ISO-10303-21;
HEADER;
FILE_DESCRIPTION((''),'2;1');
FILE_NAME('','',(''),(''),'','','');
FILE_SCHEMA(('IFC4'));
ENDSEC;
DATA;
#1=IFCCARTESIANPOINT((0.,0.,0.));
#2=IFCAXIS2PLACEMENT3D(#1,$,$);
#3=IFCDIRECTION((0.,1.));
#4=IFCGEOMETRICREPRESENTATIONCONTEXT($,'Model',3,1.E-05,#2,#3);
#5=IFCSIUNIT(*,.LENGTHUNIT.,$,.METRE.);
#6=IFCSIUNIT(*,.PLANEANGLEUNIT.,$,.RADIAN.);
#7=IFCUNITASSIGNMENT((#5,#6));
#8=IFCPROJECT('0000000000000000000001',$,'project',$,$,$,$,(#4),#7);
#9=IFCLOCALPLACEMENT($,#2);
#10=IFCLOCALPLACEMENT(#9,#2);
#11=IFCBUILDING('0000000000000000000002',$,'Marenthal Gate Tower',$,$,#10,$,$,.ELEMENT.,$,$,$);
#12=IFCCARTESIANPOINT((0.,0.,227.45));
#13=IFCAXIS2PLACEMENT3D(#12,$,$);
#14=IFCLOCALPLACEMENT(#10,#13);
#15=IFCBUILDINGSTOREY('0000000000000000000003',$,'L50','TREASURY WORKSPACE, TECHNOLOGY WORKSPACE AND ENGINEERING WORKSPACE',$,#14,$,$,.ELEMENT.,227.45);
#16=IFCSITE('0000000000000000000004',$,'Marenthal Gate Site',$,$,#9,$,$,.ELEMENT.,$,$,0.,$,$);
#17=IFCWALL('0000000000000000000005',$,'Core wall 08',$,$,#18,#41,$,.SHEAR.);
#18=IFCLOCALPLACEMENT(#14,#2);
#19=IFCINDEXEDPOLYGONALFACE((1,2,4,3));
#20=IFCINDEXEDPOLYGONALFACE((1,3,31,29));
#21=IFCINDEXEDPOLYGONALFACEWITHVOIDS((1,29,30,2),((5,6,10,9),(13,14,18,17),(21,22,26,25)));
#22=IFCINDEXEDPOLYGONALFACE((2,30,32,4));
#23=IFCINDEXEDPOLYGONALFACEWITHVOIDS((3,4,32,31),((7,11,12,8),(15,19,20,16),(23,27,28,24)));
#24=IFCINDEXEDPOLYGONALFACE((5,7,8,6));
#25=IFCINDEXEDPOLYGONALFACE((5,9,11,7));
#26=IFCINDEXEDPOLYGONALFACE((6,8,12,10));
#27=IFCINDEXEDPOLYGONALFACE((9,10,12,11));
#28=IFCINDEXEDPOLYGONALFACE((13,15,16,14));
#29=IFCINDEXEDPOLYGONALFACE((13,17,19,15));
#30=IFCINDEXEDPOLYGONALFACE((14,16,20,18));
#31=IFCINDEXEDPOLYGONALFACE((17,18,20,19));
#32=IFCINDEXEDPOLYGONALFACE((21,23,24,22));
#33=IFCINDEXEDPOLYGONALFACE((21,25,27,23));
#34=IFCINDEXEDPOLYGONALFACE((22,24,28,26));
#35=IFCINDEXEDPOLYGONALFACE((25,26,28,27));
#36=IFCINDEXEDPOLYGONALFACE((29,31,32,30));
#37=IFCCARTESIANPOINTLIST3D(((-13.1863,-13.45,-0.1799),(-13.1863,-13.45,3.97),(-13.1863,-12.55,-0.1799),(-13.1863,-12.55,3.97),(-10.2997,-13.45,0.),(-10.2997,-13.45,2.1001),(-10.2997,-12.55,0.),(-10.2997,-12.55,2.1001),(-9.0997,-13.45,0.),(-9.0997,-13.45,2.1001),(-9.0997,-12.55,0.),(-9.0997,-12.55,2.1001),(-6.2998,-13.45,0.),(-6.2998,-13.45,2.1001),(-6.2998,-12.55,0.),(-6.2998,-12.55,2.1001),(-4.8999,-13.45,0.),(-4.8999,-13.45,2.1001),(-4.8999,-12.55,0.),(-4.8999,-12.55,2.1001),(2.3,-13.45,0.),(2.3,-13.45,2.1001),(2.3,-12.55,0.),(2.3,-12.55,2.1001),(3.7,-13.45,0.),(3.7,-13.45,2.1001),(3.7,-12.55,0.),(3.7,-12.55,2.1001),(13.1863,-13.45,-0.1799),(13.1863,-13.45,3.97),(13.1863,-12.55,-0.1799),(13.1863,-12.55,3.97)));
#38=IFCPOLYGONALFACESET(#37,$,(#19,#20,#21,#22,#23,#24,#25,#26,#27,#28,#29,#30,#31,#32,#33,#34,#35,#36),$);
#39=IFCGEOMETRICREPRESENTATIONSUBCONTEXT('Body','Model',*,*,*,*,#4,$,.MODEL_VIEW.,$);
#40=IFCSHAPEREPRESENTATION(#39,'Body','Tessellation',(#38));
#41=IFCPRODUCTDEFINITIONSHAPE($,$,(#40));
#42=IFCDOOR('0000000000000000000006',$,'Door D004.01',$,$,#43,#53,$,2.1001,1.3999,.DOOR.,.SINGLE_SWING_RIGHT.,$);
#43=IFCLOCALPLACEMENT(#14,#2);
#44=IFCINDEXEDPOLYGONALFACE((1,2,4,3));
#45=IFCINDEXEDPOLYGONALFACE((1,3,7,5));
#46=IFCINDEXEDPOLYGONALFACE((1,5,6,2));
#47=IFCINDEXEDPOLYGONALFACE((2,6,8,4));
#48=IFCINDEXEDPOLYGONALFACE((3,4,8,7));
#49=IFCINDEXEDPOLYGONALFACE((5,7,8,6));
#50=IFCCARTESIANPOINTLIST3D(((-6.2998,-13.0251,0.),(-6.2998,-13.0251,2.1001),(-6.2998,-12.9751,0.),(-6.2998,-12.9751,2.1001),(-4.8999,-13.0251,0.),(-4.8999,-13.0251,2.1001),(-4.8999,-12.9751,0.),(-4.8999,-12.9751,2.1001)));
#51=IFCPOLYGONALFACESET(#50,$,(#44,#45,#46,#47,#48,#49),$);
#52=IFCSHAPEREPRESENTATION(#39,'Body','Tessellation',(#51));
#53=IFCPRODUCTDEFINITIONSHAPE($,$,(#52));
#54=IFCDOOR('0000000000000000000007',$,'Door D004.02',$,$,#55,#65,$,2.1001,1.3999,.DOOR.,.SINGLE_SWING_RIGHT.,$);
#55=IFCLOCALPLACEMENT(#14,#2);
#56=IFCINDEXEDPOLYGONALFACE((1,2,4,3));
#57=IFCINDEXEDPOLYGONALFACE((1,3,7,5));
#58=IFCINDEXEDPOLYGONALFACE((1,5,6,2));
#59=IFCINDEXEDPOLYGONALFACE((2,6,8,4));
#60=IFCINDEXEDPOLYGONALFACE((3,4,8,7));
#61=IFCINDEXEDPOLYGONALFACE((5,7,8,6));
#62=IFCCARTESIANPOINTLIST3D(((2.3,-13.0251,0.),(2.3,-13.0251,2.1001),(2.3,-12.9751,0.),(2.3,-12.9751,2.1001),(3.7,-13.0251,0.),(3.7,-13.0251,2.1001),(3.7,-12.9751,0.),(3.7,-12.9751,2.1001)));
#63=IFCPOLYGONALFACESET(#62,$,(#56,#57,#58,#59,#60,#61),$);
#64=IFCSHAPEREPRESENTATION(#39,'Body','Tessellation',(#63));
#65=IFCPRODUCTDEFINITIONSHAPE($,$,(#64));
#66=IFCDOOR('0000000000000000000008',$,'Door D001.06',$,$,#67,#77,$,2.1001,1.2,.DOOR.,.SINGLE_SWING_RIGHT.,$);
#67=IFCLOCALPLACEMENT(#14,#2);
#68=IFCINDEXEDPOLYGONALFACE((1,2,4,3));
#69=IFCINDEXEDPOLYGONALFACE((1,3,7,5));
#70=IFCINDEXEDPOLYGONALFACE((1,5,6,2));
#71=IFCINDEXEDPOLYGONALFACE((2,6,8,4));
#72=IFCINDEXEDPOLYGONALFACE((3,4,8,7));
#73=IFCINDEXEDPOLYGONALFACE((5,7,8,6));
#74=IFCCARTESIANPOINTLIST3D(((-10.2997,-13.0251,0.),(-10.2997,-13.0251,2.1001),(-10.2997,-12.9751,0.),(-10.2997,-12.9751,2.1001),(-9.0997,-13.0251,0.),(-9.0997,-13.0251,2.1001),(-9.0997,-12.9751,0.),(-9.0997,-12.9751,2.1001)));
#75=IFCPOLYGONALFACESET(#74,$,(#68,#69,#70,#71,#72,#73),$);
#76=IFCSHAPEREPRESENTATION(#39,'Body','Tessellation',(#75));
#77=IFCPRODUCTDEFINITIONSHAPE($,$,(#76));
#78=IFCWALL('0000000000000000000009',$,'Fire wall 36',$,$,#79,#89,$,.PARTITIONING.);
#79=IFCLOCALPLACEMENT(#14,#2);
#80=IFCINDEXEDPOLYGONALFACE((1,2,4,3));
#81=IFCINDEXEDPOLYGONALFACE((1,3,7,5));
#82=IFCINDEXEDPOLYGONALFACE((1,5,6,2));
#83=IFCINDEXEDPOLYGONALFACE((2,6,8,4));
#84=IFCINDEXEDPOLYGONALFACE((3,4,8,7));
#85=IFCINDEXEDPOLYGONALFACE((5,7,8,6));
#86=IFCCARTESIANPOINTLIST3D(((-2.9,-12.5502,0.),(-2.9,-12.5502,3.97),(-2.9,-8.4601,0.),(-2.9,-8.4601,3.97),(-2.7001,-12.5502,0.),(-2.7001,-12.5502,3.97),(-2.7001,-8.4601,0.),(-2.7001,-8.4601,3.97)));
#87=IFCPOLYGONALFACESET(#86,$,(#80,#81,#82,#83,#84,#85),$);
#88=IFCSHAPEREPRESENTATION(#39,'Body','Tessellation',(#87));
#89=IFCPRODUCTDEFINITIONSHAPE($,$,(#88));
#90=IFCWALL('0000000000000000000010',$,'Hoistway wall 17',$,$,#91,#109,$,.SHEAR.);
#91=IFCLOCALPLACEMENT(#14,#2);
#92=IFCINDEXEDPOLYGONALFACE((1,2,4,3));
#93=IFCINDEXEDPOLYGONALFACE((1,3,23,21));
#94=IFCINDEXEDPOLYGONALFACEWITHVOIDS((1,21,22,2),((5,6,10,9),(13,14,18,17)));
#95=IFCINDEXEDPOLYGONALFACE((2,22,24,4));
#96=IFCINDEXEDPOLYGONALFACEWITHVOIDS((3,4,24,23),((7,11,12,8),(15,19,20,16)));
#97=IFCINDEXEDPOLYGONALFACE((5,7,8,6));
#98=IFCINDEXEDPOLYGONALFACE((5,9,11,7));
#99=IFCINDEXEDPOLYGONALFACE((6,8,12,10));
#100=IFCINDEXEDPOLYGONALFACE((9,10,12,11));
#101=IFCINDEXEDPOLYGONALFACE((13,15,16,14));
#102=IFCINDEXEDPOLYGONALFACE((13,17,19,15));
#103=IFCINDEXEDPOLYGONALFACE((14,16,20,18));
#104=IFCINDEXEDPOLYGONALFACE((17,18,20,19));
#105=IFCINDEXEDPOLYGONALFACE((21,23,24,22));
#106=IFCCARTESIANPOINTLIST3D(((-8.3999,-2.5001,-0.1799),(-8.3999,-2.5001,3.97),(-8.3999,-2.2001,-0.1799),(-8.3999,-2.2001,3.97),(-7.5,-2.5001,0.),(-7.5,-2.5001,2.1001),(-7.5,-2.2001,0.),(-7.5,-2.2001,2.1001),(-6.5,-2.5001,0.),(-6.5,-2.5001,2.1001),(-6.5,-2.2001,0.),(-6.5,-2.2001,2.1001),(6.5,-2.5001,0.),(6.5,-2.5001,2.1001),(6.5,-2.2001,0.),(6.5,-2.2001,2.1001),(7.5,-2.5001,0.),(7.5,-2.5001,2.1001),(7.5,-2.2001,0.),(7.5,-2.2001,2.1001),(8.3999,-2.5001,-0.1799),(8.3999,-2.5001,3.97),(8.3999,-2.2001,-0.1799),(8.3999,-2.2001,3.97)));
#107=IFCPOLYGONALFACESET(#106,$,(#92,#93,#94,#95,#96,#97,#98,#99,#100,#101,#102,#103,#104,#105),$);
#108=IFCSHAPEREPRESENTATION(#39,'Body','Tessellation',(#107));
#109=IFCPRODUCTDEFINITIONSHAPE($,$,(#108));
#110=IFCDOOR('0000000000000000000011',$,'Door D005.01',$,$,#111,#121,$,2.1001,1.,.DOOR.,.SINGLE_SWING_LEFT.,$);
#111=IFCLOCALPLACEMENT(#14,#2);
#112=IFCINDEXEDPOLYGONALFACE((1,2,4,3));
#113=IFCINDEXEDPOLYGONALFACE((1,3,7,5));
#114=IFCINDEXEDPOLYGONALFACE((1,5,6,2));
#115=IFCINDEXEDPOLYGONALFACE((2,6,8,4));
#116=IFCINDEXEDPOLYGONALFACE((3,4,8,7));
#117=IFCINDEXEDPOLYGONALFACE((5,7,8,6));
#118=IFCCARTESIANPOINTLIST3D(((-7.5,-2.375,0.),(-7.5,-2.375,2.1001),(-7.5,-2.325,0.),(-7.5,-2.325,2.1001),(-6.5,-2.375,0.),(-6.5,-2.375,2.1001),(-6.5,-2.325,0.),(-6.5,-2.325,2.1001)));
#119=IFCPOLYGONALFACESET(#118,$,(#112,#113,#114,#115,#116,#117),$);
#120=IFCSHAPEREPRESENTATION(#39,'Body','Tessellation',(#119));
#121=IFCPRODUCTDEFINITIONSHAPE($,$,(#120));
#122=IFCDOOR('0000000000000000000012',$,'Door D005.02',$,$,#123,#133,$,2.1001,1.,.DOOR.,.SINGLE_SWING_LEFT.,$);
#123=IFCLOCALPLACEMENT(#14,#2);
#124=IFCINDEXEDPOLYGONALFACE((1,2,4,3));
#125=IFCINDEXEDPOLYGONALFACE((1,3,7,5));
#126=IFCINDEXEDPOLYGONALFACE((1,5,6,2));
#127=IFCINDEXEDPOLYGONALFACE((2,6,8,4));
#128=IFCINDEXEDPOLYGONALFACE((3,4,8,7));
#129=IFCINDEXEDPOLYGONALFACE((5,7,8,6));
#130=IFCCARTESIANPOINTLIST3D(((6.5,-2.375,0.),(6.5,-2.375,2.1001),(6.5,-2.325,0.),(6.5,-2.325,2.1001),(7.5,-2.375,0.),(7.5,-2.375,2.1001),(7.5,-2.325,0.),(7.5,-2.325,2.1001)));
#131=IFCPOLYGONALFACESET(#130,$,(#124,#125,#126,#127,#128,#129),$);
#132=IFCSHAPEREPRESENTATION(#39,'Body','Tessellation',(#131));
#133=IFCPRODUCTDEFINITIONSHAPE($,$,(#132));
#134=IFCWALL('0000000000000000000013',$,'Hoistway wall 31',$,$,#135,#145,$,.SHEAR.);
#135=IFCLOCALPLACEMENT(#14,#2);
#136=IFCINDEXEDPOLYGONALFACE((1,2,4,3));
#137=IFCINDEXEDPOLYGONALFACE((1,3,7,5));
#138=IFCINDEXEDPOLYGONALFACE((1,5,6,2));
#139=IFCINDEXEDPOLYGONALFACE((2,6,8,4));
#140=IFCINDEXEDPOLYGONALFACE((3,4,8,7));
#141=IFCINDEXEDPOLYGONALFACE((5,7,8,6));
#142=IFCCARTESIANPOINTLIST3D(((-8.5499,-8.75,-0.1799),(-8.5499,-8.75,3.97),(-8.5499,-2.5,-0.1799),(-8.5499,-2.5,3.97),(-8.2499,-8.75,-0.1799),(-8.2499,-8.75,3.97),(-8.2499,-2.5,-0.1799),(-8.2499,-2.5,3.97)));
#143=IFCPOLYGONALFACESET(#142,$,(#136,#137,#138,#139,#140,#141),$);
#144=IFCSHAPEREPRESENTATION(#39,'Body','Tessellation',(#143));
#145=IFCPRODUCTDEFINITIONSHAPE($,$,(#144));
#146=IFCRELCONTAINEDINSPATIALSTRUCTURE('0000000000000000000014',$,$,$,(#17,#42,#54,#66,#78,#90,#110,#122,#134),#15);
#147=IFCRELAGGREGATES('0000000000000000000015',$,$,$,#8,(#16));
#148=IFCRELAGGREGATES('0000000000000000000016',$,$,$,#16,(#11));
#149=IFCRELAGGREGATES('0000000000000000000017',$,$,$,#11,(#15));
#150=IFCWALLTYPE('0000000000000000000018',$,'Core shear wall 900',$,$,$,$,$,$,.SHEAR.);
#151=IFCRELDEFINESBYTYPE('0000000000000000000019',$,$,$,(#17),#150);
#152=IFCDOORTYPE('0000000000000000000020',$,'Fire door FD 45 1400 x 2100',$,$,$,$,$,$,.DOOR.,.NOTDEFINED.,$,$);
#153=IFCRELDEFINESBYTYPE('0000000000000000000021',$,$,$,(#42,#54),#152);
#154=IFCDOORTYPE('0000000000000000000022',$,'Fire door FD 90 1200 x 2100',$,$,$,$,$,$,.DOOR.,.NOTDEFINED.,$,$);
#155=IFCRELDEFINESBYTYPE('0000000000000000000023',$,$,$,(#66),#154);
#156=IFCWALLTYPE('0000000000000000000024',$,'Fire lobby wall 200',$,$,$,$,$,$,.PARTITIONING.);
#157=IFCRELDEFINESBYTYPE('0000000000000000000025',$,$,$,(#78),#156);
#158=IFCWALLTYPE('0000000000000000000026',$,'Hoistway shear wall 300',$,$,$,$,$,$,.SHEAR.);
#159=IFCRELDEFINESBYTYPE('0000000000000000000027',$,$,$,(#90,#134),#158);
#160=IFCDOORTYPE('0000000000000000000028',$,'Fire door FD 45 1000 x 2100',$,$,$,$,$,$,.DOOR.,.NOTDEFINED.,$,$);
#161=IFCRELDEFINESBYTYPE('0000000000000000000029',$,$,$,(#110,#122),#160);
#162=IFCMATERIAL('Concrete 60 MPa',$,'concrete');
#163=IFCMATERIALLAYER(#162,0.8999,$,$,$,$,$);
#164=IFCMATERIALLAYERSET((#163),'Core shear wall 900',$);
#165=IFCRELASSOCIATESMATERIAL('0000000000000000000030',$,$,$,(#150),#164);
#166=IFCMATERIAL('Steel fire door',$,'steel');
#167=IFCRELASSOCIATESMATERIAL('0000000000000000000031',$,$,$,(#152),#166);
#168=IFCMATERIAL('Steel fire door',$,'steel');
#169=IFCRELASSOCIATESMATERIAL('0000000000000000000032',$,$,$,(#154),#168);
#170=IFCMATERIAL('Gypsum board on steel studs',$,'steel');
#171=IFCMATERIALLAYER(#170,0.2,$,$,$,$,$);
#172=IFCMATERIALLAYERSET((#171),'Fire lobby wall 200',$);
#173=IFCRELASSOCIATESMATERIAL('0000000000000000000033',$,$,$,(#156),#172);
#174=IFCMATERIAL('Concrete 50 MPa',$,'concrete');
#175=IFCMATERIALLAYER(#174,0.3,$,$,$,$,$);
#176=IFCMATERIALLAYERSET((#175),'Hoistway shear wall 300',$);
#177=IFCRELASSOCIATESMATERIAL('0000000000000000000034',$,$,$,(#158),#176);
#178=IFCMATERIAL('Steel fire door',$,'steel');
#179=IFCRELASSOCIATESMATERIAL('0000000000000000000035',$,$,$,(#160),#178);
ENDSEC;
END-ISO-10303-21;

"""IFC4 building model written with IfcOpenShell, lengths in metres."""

from ifc_helpers import new_model, si_unit, direction, frame, frame_2d, origin, place, context, subcontext, project, spatial, rectangle, extrude, material, layer, layer_set, type_object, element, fill, save


model = new_model("IFC4")

# Units and contexts
model_context = context("Model", 3, precision=1e-05, world=origin(), true_north=direction((0.0, 1.0)))
body_context = subcontext(model_context, "Body", "Model", "MODEL_VIEW")
ifc_project = project(units=[si_unit("LENGTHUNIT", "METRE"), si_unit("PLANEANGLEUNIT", "RADIAN")], contexts=[model_context])

# Site, building, storey
site_placement = place(None, origin())
site = spatial("IfcSite", under=ifc_project, at=site_placement, Name="Marenthal Gate Site", CompositionType="ELEMENT", RefElevation=0.0)
building_placement = place(site_placement, origin())
building = spatial("IfcBuilding", under=site, at=building_placement, Name="Marenthal Gate Tower", CompositionType="ELEMENT")
storey_placement = place(building_placement, frame((0.0, 0.0, 227.45)))
storey = spatial("IfcBuildingStorey", under=building, at=storey_placement, Name="L50", Description="TREASURY WORKSPACE, TECHNOLOGY WORKSPACE AND ENGINEERING WORKSPACE", CompositionType="ELEMENT", Elevation=227.45)

# Wall, openings, doors
ifc_material_1 = material(Name="Concrete 60 MPa", Category="concrete")
ifc_layer_1 = layer(ifc_material_1, 0.8999)
ifc_layer_set_1 = layer_set([ifc_layer_1], Name="Core shear wall 900")
wall_type_1 = type_object("IfcWallType", Name="Core shear wall 900", PredefinedType="SHEAR", material=ifc_layer_set_1)
wall_1_placement = place(storey_placement, frame((-13.1863, -13.0, -0.1799), z_axis=(0.0, 0.0, 1.0), x_axis=(1.0, 0.0, 0.0)))
wall_1 = element("IfcWall", 1, at=wall_1_placement, inside=storey, type_object=wall_type_1, Name="Core wall 08", PredefinedType="SHEAR", context=body_context, shape_type="SweptSolid", body=[
    extrude(rectangle(XDim=26.3726, YDim=0.8999, at=frame_2d((13.1863, 0.0))), origin(), (0.0, 0.0, 1.0), 4.1499),
])
opening_1_placement = place(wall_1_placement, frame((2.8865, 0.0, 0.1799)))
opening_1 = element("IfcOpeningElement", 2, at=opening_1_placement, cuts=wall_1, PredefinedType="OPENING", context=body_context, shape_type="SweptSolid", body=[
    extrude(rectangle(XDim=1.2, YDim=2.1001, at=frame_2d((0.6001, 1.05))), frame((0.0, 0.46, 0.0), z_axis=(0.0, -1.0, 0.0), x_axis=(1.0, 0.0, 0.0)), (0.0, 0.0, 1.0), 0.9199),
])
opening_2_placement = place(wall_1_placement, frame((6.8865, 0.0, 0.1799)))
opening_2 = element("IfcOpeningElement", 3, at=opening_2_placement, cuts=wall_1, PredefinedType="OPENING", context=body_context, shape_type="SweptSolid", body=[
    extrude(rectangle(XDim=1.3999, YDim=2.1001, at=frame_2d((0.7, 1.05))), frame((0.0, 0.46, 0.0), z_axis=(0.0, -1.0, 0.0), x_axis=(1.0, 0.0, 0.0)), (0.0, 0.0, 1.0), 0.9199),
])
opening_3_placement = place(wall_1_placement, frame((15.4863, 0.0, 0.1799)))
opening_3 = element("IfcOpeningElement", 4, at=opening_3_placement, cuts=wall_1, PredefinedType="OPENING", context=body_context, shape_type="SweptSolid", body=[
    extrude(rectangle(XDim=1.3999, YDim=2.1001, at=frame_2d((0.7, 1.05))), frame((0.0, 0.46, 0.0), z_axis=(0.0, -1.0, 0.0), x_axis=(1.0, 0.0, 0.0)), (0.0, 0.0, 1.0), 0.9199),
])
ifc_material_2 = material(Name="Steel fire door", Category="steel")
door_type_1 = type_object("IfcDoorType", Name="Fire door FD 45 1400 x 2100", OperationType="NOTDEFINED", PredefinedType="DOOR", material=ifc_material_2)
door_1_placement = place(opening_2_placement, origin())
door_1 = element("IfcDoor", 5, at=door_1_placement, inside=storey, type_object=door_type_1, Name="Door D004.01", OperationType="SINGLE_SWING_RIGHT", OverallHeight=2.1001, OverallWidth=1.3999, PredefinedType="DOOR", context=body_context, shape_type="SweptSolid", body=[
    extrude(rectangle(XDim=1.3999, YDim=2.1001, at=frame_2d((0.7, 1.05))), frame((0.0, 0.0249, 0.0), z_axis=(0.0, -1.0, 0.0), x_axis=(1.0, 0.0, 0.0)), (0.0, 0.0, 1.0), 0.05),
])
fill(opening_2, door_1)
door_2_placement = place(opening_3_placement, origin())
door_2 = element("IfcDoor", 6, at=door_2_placement, inside=storey, type_object=door_type_1, Name="Door D004.02", OperationType="SINGLE_SWING_RIGHT", OverallHeight=2.1001, OverallWidth=1.3999, PredefinedType="DOOR", context=body_context, shape_type="SweptSolid", body=[
    extrude(rectangle(XDim=1.3999, YDim=2.1001, at=frame_2d((0.7, 1.05))), frame((0.0, 0.0249, 0.0), z_axis=(0.0, -1.0, 0.0), x_axis=(1.0, 0.0, 0.0)), (0.0, 0.0, 1.0), 0.05),
])
fill(opening_3, door_2)
ifc_material_3 = material(Name="Steel fire door", Category="steel")
door_type_2 = type_object("IfcDoorType", Name="Fire door FD 90 1200 x 2100", OperationType="NOTDEFINED", PredefinedType="DOOR", material=ifc_material_3)
door_3_placement = place(opening_1_placement, origin())
door_3 = element("IfcDoor", 7, at=door_3_placement, inside=storey, type_object=door_type_2, Name="Door D001.06", OperationType="SINGLE_SWING_RIGHT", OverallHeight=2.1001, OverallWidth=1.2, PredefinedType="DOOR", context=body_context, shape_type="SweptSolid", body=[
    extrude(rectangle(XDim=1.2, YDim=2.1001, at=frame_2d((0.6001, 1.05))), frame((0.0, 0.0249, 0.0), z_axis=(0.0, -1.0, 0.0), x_axis=(1.0, 0.0, 0.0)), (0.0, 0.0, 1.0), 0.05),
])
fill(opening_1, door_3)

# Wall
ifc_material_4 = material(Name="Gypsum board on steel studs", Category="steel")
ifc_layer_2 = layer(ifc_material_4, 0.2)
ifc_layer_set_2 = layer_set([ifc_layer_2], Name="Fire lobby wall 200")
wall_type_2 = type_object("IfcWallType", Name="Fire lobby wall 200", PredefinedType="PARTITIONING", material=ifc_layer_set_2)
wall_2_placement = place(storey_placement, frame((-2.8, -12.55, 0.0), z_axis=(0.0, 0.0, 1.0), x_axis=(0.0, 1.0, 0.0)))
element("IfcWall", 8, at=wall_2_placement, inside=storey, type_object=wall_type_2, Name="Fire wall 36", PredefinedType="PARTITIONING", context=body_context, shape_type="SweptSolid", body=[
    extrude(rectangle(XDim=4.0901, YDim=0.2, at=frame_2d((2.0449, 0.0))), origin(), (0.0, 0.0, 1.0), 3.97),
])

# Wall, openings, doors
ifc_material_5 = material(Name="Concrete 50 MPa", Category="concrete")
ifc_layer_3 = layer(ifc_material_5, 0.3)
ifc_layer_set_3 = layer_set([ifc_layer_3], Name="Hoistway shear wall 300")
wall_type_3 = type_object("IfcWallType", Name="Hoistway shear wall 300", PredefinedType="SHEAR", material=ifc_layer_set_3)
wall_3_placement = place(storey_placement, frame((-8.3999, -2.3501, -0.1799), z_axis=(0.0, 0.0, 1.0), x_axis=(1.0, 0.0, 0.0)))
wall_3 = element("IfcWall", 9, at=wall_3_placement, inside=storey, type_object=wall_type_3, Name="Hoistway wall 17", PredefinedType="SHEAR", context=body_context, shape_type="SweptSolid", body=[
    extrude(rectangle(XDim=16.7998, YDim=0.3, at=frame_2d((8.3999, 0.0))), origin(), (0.0, 0.0, 1.0), 4.1499),
])
opening_4_placement = place(wall_3_placement, frame((0.8999, 0.0, 0.1799)))
opening_4 = element("IfcOpeningElement", 10, at=opening_4_placement, cuts=wall_3, PredefinedType="OPENING", context=body_context, shape_type="SweptSolid", body=[
    extrude(rectangle(XDim=1.0, YDim=2.1001, at=frame_2d((0.5, 1.05))), frame((0.0, 0.1602, 0.0), z_axis=(0.0, -1.0, 0.0), x_axis=(1.0, 0.0, 0.0)), (0.0, 0.0, 1.0), 0.3201),
])
opening_5_placement = place(wall_3_placement, frame((14.8999, 0.0, 0.1799)))
opening_5 = element("IfcOpeningElement", 11, at=opening_5_placement, cuts=wall_3, PredefinedType="OPENING", context=body_context, shape_type="SweptSolid", body=[
    extrude(rectangle(XDim=1.0, YDim=2.1001, at=frame_2d((0.5, 1.05))), frame((0.0, 0.1602, 0.0), z_axis=(0.0, -1.0, 0.0), x_axis=(1.0, 0.0, 0.0)), (0.0, 0.0, 1.0), 0.3201),
])
ifc_material_6 = material(Name="Steel fire door", Category="steel")
door_type_3 = type_object("IfcDoorType", Name="Fire door FD 45 1000 x 2100", OperationType="NOTDEFINED", PredefinedType="DOOR", material=ifc_material_6)
door_4_placement = place(opening_4_placement, frame((1.0, 0.0, 0.0), z_axis=(0.0, 0.0, 1.0), x_axis=(-1.0, 0.0, 0.0)))
door_4 = element("IfcDoor", 12, at=door_4_placement, inside=storey, type_object=door_type_3, Name="Door D005.01", OperationType="SINGLE_SWING_LEFT", OverallHeight=2.1001, OverallWidth=1.0, PredefinedType="DOOR", context=body_context, shape_type="SweptSolid", body=[
    extrude(rectangle(XDim=1.0, YDim=2.1001, at=frame_2d((0.5, 1.05))), frame((0.0, 0.0249, 0.0), z_axis=(0.0, -1.0, 0.0), x_axis=(1.0, 0.0, 0.0)), (0.0, 0.0, 1.0), 0.05),
])
fill(opening_4, door_4)
door_5_placement = place(opening_5_placement, frame((1.0, 0.0, 0.0), z_axis=(0.0, 0.0, 1.0), x_axis=(-1.0, 0.0, 0.0)))
door_5 = element("IfcDoor", 13, at=door_5_placement, inside=storey, type_object=door_type_3, Name="Door D005.02", OperationType="SINGLE_SWING_LEFT", OverallHeight=2.1001, OverallWidth=1.0, PredefinedType="DOOR", context=body_context, shape_type="SweptSolid", body=[
    extrude(rectangle(XDim=1.0, YDim=2.1001, at=frame_2d((0.5, 1.05))), frame((0.0, 0.0249, 0.0), z_axis=(0.0, -1.0, 0.0), x_axis=(1.0, 0.0, 0.0)), (0.0, 0.0, 1.0), 0.05),
])
fill(opening_5, door_5)

# Wall
wall_4_placement = place(storey_placement, frame((-8.3999, -8.75, -0.1799), z_axis=(0.0, 0.0, 1.0), x_axis=(0.0, 1.0, 0.0)))
element("IfcWall", 14, at=wall_4_placement, inside=storey, type_object=wall_type_3, Name="Hoistway wall 31", PredefinedType="SHEAR", context=body_context, shape_type="SweptSolid", body=[
    extrude(rectangle(XDim=6.25, YDim=0.3, at=frame_2d((3.125, 0.0))), origin(), (0.0, 0.0, 1.0), 4.1499),
])

save(model, "model.ifc")
